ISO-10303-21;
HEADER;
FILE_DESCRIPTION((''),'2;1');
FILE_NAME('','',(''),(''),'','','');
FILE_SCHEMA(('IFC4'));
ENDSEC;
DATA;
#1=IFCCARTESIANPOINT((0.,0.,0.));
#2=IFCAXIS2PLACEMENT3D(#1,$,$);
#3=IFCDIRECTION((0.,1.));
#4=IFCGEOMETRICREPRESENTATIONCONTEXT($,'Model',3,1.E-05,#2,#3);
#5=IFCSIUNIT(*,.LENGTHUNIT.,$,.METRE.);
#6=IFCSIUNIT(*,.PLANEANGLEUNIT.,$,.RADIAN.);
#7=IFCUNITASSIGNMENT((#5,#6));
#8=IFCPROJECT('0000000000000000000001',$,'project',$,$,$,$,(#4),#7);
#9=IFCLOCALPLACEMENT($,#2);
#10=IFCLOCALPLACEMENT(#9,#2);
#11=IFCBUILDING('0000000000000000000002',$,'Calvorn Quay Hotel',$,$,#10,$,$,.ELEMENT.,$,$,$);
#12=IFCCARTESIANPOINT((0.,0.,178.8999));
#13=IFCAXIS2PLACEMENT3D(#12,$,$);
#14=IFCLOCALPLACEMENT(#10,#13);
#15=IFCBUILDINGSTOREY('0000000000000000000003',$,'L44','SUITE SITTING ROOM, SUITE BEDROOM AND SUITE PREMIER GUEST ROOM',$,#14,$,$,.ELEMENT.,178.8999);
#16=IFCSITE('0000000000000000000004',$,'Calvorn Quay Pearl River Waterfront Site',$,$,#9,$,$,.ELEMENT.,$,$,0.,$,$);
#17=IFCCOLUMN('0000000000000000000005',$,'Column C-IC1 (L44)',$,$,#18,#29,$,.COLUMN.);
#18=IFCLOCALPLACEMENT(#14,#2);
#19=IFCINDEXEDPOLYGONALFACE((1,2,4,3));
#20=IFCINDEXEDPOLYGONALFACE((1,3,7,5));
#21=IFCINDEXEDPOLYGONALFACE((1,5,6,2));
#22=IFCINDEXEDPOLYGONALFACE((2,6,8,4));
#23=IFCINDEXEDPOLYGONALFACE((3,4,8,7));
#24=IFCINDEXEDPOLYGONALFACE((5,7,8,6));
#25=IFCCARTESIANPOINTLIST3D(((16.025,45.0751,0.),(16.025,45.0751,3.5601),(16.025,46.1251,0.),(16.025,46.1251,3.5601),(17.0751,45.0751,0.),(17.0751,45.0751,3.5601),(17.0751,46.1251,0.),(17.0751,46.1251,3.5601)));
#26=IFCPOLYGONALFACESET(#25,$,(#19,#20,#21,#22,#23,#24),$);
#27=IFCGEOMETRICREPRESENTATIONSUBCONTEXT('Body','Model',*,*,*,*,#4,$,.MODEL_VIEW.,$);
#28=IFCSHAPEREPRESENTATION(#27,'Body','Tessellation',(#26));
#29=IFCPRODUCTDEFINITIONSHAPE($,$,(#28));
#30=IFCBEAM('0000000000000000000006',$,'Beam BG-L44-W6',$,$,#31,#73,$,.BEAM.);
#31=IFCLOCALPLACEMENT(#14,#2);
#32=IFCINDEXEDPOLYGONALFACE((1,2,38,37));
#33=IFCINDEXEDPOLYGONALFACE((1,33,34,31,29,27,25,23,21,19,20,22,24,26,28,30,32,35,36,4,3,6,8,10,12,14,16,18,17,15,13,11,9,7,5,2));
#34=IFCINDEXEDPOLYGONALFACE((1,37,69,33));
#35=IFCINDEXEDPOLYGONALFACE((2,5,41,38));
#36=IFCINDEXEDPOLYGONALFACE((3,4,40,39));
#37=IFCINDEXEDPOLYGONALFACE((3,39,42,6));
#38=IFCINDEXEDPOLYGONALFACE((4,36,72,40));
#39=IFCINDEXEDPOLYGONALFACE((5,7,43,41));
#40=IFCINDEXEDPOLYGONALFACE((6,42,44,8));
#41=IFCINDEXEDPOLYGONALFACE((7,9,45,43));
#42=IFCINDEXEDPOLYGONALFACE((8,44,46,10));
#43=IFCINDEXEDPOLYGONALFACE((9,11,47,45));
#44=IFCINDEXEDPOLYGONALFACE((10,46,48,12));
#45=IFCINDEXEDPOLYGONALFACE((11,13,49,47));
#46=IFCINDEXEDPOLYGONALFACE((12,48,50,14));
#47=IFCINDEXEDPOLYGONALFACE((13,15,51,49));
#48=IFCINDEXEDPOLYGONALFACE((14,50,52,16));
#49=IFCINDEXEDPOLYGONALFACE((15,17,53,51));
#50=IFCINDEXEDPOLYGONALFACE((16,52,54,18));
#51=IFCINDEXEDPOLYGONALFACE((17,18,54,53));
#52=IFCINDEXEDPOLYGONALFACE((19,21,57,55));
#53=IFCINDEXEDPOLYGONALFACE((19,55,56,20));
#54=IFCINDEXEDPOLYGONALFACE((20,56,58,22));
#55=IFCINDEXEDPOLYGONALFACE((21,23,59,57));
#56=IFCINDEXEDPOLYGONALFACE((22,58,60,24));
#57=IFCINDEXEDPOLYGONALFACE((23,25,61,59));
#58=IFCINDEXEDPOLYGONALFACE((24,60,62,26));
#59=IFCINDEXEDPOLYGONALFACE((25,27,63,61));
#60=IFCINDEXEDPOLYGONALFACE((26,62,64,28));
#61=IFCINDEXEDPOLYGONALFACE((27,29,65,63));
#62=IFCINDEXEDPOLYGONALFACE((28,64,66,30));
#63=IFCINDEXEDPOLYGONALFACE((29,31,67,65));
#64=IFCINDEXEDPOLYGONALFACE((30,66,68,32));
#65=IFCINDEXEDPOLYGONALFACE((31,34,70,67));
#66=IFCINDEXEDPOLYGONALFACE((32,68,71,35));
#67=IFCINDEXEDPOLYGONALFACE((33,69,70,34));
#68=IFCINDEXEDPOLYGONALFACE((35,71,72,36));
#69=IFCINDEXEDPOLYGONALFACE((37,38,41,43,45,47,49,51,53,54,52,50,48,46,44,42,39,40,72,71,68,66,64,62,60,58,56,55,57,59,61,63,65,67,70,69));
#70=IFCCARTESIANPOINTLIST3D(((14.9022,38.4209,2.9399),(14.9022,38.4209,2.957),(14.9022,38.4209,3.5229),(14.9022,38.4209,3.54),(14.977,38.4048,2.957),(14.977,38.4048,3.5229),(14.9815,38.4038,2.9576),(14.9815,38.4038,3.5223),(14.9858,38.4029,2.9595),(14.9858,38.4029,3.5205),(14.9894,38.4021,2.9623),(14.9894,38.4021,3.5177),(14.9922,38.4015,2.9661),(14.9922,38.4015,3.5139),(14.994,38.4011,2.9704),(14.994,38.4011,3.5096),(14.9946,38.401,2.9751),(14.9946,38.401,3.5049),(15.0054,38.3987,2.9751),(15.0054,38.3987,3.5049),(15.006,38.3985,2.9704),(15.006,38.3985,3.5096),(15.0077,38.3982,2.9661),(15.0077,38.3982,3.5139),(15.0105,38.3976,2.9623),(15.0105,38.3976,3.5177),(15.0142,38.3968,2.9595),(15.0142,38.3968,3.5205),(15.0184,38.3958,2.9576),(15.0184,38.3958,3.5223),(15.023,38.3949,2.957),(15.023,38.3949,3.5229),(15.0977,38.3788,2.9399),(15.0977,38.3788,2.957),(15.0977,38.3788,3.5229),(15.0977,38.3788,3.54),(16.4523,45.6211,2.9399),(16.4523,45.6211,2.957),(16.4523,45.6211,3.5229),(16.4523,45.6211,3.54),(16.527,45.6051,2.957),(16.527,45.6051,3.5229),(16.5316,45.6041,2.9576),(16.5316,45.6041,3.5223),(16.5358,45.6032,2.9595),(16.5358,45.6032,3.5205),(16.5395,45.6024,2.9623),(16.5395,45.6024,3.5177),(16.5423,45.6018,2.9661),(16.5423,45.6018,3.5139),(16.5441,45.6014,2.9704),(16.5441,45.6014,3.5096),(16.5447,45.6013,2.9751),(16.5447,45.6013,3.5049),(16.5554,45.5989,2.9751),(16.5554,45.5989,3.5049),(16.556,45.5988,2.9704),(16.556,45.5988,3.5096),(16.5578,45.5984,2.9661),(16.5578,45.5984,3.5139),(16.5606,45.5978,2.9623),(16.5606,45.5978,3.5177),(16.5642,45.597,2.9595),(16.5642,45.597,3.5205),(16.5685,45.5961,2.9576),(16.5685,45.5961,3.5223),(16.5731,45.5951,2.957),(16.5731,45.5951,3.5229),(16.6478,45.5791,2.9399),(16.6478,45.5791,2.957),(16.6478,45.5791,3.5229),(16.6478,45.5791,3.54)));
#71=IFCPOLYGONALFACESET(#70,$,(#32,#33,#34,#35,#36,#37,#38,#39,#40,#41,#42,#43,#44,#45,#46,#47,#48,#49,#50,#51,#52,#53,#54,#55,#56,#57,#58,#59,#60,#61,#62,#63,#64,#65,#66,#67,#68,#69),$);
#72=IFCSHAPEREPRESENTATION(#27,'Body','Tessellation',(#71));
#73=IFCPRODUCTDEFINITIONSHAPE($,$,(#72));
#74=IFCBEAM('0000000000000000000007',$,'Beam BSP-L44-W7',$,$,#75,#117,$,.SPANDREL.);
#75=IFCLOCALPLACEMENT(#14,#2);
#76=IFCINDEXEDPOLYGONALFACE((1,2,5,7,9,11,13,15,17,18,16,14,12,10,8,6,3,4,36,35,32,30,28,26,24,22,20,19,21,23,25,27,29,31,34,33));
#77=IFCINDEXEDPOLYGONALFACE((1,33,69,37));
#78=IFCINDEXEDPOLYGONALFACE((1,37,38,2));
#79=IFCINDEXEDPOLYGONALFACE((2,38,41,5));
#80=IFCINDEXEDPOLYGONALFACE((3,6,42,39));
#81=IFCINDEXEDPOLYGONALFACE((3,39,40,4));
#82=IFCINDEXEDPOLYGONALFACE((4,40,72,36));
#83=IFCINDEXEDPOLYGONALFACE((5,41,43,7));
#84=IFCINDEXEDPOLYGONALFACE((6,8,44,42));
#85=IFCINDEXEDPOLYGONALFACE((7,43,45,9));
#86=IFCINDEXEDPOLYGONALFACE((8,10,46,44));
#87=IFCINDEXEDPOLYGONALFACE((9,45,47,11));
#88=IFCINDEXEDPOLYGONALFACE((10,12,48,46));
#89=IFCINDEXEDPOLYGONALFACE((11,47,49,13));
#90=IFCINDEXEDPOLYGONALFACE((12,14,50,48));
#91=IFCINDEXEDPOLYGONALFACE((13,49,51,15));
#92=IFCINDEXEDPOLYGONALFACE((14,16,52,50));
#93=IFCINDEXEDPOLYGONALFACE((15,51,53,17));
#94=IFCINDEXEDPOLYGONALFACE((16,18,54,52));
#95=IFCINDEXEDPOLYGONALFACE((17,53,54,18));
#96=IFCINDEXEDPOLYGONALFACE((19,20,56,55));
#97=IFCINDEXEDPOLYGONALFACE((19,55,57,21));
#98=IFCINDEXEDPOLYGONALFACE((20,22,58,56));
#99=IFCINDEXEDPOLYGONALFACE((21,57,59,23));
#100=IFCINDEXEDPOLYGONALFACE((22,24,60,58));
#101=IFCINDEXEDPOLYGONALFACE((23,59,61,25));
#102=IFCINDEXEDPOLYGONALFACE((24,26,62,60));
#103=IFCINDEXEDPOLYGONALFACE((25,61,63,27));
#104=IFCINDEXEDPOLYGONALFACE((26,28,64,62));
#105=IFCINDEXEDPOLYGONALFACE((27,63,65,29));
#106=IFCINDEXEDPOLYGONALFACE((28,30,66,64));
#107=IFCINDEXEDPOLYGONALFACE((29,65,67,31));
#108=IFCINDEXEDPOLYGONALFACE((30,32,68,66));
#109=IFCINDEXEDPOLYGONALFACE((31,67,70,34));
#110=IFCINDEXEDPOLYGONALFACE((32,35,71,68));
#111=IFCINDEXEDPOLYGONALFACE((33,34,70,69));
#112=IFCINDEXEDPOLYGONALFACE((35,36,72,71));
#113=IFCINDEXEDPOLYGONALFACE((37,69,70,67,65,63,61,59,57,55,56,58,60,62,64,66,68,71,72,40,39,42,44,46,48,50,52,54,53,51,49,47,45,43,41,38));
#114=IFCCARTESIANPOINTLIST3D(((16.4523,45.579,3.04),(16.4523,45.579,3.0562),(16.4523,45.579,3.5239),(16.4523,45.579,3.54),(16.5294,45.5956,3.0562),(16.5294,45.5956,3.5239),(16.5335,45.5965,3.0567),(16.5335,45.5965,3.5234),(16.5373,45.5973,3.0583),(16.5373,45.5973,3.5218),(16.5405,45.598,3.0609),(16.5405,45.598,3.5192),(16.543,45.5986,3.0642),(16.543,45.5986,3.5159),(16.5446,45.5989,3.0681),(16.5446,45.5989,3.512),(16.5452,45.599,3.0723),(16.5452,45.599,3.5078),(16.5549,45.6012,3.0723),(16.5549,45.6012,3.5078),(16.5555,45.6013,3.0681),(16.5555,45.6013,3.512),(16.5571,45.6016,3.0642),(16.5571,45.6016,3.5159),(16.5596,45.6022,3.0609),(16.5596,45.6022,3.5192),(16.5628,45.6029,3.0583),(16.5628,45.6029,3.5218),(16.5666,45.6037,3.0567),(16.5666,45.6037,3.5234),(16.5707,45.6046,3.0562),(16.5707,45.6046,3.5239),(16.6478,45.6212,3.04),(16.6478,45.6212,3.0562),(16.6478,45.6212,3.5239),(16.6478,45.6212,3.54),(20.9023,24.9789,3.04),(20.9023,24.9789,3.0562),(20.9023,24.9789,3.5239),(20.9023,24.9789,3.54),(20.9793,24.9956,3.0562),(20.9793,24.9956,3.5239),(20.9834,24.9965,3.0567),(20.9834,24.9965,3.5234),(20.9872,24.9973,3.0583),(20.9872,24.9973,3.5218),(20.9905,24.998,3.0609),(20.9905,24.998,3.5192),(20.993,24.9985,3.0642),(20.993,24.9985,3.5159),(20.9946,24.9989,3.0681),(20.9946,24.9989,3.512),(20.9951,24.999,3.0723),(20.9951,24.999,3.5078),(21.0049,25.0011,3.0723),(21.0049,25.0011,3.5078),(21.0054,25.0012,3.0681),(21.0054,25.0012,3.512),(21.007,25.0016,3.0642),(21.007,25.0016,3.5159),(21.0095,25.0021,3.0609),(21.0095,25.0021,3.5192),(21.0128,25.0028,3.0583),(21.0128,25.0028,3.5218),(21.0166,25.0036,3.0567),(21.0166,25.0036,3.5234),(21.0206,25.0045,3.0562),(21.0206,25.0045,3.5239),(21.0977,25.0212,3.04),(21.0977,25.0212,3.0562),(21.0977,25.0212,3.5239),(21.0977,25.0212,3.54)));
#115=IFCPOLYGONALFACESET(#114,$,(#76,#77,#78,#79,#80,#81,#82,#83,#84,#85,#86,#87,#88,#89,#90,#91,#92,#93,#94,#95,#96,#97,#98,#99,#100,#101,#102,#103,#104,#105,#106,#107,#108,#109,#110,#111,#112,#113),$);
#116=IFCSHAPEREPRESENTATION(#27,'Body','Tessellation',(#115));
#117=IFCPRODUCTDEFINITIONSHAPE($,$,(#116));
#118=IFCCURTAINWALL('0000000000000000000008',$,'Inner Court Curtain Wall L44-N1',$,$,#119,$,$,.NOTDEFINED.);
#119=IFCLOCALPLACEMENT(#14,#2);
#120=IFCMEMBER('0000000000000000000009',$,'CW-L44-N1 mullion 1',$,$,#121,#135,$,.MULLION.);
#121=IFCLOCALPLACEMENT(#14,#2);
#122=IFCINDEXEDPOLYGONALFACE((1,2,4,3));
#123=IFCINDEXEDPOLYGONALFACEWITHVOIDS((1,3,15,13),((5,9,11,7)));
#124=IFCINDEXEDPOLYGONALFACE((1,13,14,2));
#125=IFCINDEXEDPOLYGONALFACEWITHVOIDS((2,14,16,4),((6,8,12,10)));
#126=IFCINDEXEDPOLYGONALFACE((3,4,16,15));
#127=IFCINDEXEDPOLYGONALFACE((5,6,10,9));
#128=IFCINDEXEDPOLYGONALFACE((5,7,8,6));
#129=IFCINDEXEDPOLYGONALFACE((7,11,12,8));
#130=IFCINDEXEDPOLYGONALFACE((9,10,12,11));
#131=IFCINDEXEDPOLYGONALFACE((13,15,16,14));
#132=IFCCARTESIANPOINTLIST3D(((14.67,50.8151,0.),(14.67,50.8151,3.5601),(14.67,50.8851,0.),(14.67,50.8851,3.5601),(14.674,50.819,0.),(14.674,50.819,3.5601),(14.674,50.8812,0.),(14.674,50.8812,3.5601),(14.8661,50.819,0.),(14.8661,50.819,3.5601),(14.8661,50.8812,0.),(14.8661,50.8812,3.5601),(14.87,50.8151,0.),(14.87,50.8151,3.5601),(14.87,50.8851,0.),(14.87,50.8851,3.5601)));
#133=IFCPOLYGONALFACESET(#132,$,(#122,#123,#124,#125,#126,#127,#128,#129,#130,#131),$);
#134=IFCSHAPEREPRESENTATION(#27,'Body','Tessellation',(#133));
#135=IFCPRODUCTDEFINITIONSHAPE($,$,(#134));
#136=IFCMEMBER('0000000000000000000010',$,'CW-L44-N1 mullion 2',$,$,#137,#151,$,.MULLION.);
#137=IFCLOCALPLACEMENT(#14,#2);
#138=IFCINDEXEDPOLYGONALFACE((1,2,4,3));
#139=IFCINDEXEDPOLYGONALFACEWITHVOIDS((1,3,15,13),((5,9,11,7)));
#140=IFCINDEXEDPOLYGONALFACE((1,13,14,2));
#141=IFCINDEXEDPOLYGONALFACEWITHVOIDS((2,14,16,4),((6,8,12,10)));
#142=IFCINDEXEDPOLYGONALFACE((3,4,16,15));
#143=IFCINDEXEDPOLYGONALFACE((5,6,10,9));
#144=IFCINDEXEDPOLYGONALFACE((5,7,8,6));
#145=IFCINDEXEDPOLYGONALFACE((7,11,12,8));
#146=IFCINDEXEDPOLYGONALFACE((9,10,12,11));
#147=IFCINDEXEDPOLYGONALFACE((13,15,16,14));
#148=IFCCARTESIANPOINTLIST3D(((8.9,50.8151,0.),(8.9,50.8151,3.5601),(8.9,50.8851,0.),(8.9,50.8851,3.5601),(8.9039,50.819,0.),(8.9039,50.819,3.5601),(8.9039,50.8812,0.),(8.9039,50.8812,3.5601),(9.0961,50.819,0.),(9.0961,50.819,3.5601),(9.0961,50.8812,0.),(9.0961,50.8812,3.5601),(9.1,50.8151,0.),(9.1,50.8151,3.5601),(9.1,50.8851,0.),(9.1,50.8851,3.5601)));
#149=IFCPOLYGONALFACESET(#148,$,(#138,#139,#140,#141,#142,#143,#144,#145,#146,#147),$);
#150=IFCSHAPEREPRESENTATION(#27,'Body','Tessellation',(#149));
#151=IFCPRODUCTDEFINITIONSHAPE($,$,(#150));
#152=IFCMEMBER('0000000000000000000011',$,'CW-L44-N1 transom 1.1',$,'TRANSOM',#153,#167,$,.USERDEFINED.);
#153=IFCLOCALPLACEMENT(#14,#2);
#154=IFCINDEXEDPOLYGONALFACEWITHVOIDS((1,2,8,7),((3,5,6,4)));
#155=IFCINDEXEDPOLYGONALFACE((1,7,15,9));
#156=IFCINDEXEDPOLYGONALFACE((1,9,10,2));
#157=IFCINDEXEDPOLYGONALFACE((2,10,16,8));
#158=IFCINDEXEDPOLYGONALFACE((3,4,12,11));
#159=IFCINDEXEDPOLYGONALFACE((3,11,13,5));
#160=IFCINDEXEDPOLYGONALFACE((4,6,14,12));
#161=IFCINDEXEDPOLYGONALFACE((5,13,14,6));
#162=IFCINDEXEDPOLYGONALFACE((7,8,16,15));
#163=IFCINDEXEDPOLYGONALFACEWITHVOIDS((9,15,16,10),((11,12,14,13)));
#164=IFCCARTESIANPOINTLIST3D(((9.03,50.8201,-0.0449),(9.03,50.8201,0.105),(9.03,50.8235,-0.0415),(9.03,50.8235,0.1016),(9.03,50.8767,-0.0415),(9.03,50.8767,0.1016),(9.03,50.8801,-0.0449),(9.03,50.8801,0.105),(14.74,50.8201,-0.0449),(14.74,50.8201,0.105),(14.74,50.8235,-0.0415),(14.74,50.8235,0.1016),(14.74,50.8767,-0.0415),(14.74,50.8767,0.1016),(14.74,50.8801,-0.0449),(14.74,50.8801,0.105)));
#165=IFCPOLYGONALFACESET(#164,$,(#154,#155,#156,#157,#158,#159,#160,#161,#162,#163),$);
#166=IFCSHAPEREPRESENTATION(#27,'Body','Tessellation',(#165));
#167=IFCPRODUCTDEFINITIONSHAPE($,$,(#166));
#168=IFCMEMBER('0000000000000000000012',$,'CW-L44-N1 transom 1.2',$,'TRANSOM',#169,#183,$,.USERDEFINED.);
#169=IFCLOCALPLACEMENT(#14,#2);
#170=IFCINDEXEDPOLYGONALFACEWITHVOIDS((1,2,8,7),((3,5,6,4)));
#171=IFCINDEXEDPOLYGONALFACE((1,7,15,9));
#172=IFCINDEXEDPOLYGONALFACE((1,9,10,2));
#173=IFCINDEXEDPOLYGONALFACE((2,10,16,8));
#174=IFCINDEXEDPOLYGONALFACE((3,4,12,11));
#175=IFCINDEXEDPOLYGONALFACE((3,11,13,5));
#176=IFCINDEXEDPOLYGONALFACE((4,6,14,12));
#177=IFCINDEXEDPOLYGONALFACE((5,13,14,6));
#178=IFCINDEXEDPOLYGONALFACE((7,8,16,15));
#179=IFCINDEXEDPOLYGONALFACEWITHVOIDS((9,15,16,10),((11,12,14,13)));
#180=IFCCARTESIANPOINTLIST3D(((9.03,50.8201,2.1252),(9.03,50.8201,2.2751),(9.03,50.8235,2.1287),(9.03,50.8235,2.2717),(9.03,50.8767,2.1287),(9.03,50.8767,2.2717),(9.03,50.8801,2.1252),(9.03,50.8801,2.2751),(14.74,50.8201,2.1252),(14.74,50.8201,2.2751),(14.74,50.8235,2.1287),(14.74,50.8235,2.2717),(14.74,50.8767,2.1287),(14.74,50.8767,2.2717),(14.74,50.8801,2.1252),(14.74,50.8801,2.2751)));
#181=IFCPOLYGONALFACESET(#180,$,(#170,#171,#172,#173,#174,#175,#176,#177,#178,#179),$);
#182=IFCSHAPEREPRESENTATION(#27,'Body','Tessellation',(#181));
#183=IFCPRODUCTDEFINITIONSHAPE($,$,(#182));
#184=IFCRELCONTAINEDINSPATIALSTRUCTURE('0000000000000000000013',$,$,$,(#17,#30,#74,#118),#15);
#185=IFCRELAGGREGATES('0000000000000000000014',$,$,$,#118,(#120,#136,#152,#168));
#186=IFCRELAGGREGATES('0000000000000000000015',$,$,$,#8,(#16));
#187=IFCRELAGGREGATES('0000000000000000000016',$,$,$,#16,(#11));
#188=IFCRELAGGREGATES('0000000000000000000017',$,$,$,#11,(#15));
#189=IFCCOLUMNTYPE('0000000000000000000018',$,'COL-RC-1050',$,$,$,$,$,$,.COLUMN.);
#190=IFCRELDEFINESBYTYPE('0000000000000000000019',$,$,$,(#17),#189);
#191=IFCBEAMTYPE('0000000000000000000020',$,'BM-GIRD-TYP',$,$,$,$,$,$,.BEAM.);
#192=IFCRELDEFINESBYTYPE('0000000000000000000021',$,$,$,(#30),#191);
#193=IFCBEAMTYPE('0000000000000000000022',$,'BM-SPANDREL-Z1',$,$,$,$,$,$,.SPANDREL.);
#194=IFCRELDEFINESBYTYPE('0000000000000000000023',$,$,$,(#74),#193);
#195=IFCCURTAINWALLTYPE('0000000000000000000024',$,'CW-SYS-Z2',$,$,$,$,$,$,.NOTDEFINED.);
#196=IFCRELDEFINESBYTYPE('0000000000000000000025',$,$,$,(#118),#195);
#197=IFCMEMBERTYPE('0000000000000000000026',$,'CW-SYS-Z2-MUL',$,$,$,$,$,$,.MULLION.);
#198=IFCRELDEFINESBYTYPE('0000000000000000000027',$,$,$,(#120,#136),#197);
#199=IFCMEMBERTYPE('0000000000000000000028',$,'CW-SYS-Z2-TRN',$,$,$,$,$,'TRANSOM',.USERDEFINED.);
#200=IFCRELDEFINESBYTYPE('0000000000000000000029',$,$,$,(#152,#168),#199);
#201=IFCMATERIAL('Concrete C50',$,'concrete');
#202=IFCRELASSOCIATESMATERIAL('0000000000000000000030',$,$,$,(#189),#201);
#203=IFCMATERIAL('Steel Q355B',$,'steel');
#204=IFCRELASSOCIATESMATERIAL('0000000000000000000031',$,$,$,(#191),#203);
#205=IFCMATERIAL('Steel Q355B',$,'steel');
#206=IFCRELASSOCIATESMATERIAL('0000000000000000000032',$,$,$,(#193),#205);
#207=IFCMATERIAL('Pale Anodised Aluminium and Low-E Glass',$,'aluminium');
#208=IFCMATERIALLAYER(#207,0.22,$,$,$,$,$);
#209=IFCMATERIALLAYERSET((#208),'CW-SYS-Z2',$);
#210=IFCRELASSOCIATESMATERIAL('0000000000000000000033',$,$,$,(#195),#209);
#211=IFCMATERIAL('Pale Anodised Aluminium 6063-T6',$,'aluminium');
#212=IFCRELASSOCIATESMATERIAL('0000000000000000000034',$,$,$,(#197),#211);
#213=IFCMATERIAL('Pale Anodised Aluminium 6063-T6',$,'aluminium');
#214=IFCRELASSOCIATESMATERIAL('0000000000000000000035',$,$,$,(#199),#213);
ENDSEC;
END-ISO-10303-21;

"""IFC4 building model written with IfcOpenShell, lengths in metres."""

from ifc_helpers import new_model, si_unit, direction, frame, origin, origin_2d, place, context, subcontext, project, spatial, rectangle, hollow_rectangle, i_section, extrude, material, layer, layer_set, material_profile, profile_set, type_object, element, aggregate, save


model = new_model("IFC4")

# Units and contexts
model_context = context("Model", 3, precision=1e-05, world=origin(), true_north=direction((0.0, 1.0)))
body_context = subcontext(model_context, "Body", "Model", "MODEL_VIEW")
ifc_project = project(units=[si_unit("LENGTHUNIT", "METRE"), si_unit("PLANEANGLEUNIT", "RADIAN")], contexts=[model_context])

# Site, building, storey
site_placement = place(None, origin())
site = spatial("IfcSite", under=ifc_project, at=site_placement, Name="Calvorn Quay Pearl River Waterfront Site", CompositionType="ELEMENT", RefElevation=0.0)
building_placement = place(site_placement, origin())
building = spatial("IfcBuilding", under=site, at=building_placement, Name="Calvorn Quay Hotel", CompositionType="ELEMENT")
storey_placement = place(building_placement, frame((0.0, 0.0, 178.8999)))
storey = spatial("IfcBuildingStorey", under=building, at=storey_placement, Name="L44", Description="SUITE SITTING ROOM, SUITE BEDROOM AND SUITE PREMIER GUEST ROOM", CompositionType="ELEMENT", Elevation=178.8999)

# Column
ifc_material_1 = material(Name="Concrete C50", Category="concrete")
ifc_material_profile_1 = material_profile(ifc_material_1, rectangle(XDim=1.05, YDim=1.05, at=origin_2d()), Name="RC1050x1050")
ifc_profile_set_1 = profile_set([ifc_material_profile_1], Name="Concrete C50")
column_type = type_object("IfcColumnType", Name="COL-RC-1050", PredefinedType="COLUMN", material=ifc_profile_set_1)
column_placement = place(storey_placement, frame((16.55, 45.6001, 0.0), z_axis=(0.0, 0.0, 1.0), x_axis=(1.0, 0.0, 0.0)))
element("IfcColumn", 1, at=column_placement, inside=storey, type_object=column_type, Name="Column C-IC1 (L44)", PredefinedType="COLUMN", context=body_context, shape_type="SweptSolid", body=[
    extrude(rectangle(XDim=1.05, YDim=1.05, at=origin_2d()), origin(), (0.0, 0.0, 1.0), 3.5601),
])

# Beams
ifc_material_2 = material(Name="Steel Q355B", Category="steel")
ifc_material_profile_2 = material_profile(ifc_material_2, i_section(OverallWidth=0.2, OverallDepth=0.6001, WebThickness=0.011, FlangeThickness=0.0171, FilletRadius=0.0181, at=origin_2d()), Name="HN600x200x11x17")
ifc_profile_set_2 = profile_set([ifc_material_profile_2], Name="Steel Q355B")
beam_type_1 = type_object("IfcBeamType", Name="BM-GIRD-TYP", PredefinedType="BEAM", material=ifc_profile_set_2)
beam_1_placement = place(storey_placement, frame((16.55, 45.6001, 3.24), z_axis=(-0.210457, -0.977603, 0.0), x_axis=(0.977603, -0.210457, 0.0)))
element("IfcBeam", 2, at=beam_1_placement, inside=storey, type_object=beam_type_1, Name="Beam BG-L44-W6", PredefinedType="BEAM", context=body_context, shape_type="SweptSolid", body=[
    extrude(i_section(OverallWidth=0.2, OverallDepth=0.6001, WebThickness=0.011, FlangeThickness=0.0171, FilletRadius=0.0181, at=origin_2d()), origin(), (0.0, 0.0, 1.0), 7.3652),
])
ifc_material_3 = material(Name="Steel Q355B", Category="steel")
ifc_material_profile_3 = material_profile(ifc_material_3, i_section(OverallWidth=0.2, OverallDepth=0.5, WebThickness=0.01, FlangeThickness=0.0161, FilletRadius=0.0161, at=origin_2d()), Name="HN500x200x10x16")
ifc_profile_set_3 = profile_set([ifc_material_profile_3], Name="Steel Q355B")
beam_type_2 = type_object("IfcBeamType", Name="BM-SPANDREL-Z1", PredefinedType="SPANDREL", material=ifc_profile_set_3)
beam_2_placement = place(storey_placement, frame((16.55, 45.6001, 3.29), z_axis=(0.211146, -0.977455, 0.0), x_axis=(0.977455, 0.211146, 0.0)))
element("IfcBeam", 3, at=beam_2_placement, inside=storey, type_object=beam_type_2, Name="Beam BSP-L44-W7", PredefinedType="SPANDREL", context=body_context, shape_type="SweptSolid", body=[
    extrude(i_section(OverallWidth=0.2, OverallDepth=0.5, WebThickness=0.01, FlangeThickness=0.0161, FilletRadius=0.0161, at=origin_2d()), origin(), (0.0, 0.0, 1.0), 21.0752),
])

# Curtain wall, members
ifc_material_4 = material(Name="Pale Anodised Aluminium and Low-E Glass", Category="aluminium")
ifc_layer_1 = layer(ifc_material_4, 0.22)
ifc_layer_set_1 = layer_set([ifc_layer_1], Name="CW-SYS-Z2")
curtain_wall_type = type_object("IfcCurtainWallType", Name="CW-SYS-Z2", PredefinedType="NOTDEFINED", material=ifc_layer_set_1)
curtain_wall_placement = place(storey_placement, origin())
curtain_wall = element("IfcCurtainWall", 4, at=curtain_wall_placement, inside=storey, type_object=curtain_wall_type, Name="Inner Court Curtain Wall L44-N1", PredefinedType="NOTDEFINED")
ifc_material_5 = material(Name="Pale Anodised Aluminium 6063-T6", Category="aluminium")
ifc_material_profile_4 = material_profile(ifc_material_5, hollow_rectangle(XDim=0.0701, YDim=0.2, WallThickness=0.0039, at=origin_2d()), Name="ALU-M200x70x4")
ifc_profile_set_4 = profile_set([ifc_material_profile_4], Name="Pale Anodised Aluminium 6063-T6")
member_type_1 = type_object("IfcMemberType", Name="CW-SYS-Z2-MUL", PredefinedType="MULLION", material=ifc_profile_set_4)
member_1_placement = place(storey_placement, frame((14.77, 50.8501, 0.0), z_axis=(0.0, 0.0, 1.0), x_axis=(0.0, -1.0, 0.0)))
member_1 = element("IfcMember", 5, at=member_1_placement, type_object=member_type_1, Name="CW-L44-N1 mullion 1", PredefinedType="MULLION", context=body_context, shape_type="SweptSolid", body=[
    extrude(hollow_rectangle(XDim=0.0701, YDim=0.2, WallThickness=0.0039, at=origin_2d()), origin(), (0.0, 0.0, 1.0), 3.5601),
])
member_2_placement = place(storey_placement, frame((9.0, 50.8501, 0.0), z_axis=(0.0, 0.0, 1.0), x_axis=(0.0, -1.0, 0.0)))
member_2 = element("IfcMember", 6, at=member_2_placement, type_object=member_type_1, Name="CW-L44-N1 mullion 2", PredefinedType="MULLION", context=body_context, shape_type="SweptSolid", body=[
    extrude(hollow_rectangle(XDim=0.0701, YDim=0.2, WallThickness=0.0039, at=origin_2d()), origin(), (0.0, 0.0, 1.0), 3.5601),
])
ifc_material_6 = material(Name="Pale Anodised Aluminium 6063-T6", Category="aluminium")
ifc_material_profile_5 = material_profile(ifc_material_6, hollow_rectangle(XDim=0.0601, YDim=0.1499, WallThickness=0.0034, at=origin_2d()), Name="ALU-T150x60x3.5")
ifc_profile_set_5 = profile_set([ifc_material_profile_5], Name="Pale Anodised Aluminium 6063-T6")
member_type_2 = type_object("IfcMemberType", Name="CW-SYS-Z2-TRN", ElementType="TRANSOM", PredefinedType="USERDEFINED", material=ifc_profile_set_5)
member_3_placement = place(storey_placement, frame((14.74, 50.8501, 0.03), z_axis=(-1.0, 0.0, 0.0), x_axis=(0.0, -1.0, 0.0)))
member_3 = element("IfcMember", 7, at=member_3_placement, type_object=member_type_2, Name="CW-L44-N1 transom 1.1", ObjectType="TRANSOM", PredefinedType="USERDEFINED", context=body_context, shape_type="SweptSolid", body=[
    extrude(hollow_rectangle(XDim=0.0601, YDim=0.1499, WallThickness=0.0034, at=origin_2d()), origin(), (0.0, 0.0, 1.0), 5.71),
])
member_4_placement = place(storey_placement, frame((14.74, 50.8501, 2.2002), z_axis=(-1.0, 0.0, 0.0), x_axis=(0.0, -1.0, 0.0)))
member_4 = element("IfcMember", 8, at=member_4_placement, type_object=member_type_2, Name="CW-L44-N1 transom 1.2", ObjectType="TRANSOM", PredefinedType="USERDEFINED", context=body_context, shape_type="SweptSolid", body=[
    extrude(hollow_rectangle(XDim=0.0601, YDim=0.1499, WallThickness=0.0034, at=origin_2d()), origin(), (0.0, 0.0, 1.0), 5.71),
])
aggregate(curtain_wall, [member_1, member_2, member_3, member_4])

save(model, "model.ifc")
